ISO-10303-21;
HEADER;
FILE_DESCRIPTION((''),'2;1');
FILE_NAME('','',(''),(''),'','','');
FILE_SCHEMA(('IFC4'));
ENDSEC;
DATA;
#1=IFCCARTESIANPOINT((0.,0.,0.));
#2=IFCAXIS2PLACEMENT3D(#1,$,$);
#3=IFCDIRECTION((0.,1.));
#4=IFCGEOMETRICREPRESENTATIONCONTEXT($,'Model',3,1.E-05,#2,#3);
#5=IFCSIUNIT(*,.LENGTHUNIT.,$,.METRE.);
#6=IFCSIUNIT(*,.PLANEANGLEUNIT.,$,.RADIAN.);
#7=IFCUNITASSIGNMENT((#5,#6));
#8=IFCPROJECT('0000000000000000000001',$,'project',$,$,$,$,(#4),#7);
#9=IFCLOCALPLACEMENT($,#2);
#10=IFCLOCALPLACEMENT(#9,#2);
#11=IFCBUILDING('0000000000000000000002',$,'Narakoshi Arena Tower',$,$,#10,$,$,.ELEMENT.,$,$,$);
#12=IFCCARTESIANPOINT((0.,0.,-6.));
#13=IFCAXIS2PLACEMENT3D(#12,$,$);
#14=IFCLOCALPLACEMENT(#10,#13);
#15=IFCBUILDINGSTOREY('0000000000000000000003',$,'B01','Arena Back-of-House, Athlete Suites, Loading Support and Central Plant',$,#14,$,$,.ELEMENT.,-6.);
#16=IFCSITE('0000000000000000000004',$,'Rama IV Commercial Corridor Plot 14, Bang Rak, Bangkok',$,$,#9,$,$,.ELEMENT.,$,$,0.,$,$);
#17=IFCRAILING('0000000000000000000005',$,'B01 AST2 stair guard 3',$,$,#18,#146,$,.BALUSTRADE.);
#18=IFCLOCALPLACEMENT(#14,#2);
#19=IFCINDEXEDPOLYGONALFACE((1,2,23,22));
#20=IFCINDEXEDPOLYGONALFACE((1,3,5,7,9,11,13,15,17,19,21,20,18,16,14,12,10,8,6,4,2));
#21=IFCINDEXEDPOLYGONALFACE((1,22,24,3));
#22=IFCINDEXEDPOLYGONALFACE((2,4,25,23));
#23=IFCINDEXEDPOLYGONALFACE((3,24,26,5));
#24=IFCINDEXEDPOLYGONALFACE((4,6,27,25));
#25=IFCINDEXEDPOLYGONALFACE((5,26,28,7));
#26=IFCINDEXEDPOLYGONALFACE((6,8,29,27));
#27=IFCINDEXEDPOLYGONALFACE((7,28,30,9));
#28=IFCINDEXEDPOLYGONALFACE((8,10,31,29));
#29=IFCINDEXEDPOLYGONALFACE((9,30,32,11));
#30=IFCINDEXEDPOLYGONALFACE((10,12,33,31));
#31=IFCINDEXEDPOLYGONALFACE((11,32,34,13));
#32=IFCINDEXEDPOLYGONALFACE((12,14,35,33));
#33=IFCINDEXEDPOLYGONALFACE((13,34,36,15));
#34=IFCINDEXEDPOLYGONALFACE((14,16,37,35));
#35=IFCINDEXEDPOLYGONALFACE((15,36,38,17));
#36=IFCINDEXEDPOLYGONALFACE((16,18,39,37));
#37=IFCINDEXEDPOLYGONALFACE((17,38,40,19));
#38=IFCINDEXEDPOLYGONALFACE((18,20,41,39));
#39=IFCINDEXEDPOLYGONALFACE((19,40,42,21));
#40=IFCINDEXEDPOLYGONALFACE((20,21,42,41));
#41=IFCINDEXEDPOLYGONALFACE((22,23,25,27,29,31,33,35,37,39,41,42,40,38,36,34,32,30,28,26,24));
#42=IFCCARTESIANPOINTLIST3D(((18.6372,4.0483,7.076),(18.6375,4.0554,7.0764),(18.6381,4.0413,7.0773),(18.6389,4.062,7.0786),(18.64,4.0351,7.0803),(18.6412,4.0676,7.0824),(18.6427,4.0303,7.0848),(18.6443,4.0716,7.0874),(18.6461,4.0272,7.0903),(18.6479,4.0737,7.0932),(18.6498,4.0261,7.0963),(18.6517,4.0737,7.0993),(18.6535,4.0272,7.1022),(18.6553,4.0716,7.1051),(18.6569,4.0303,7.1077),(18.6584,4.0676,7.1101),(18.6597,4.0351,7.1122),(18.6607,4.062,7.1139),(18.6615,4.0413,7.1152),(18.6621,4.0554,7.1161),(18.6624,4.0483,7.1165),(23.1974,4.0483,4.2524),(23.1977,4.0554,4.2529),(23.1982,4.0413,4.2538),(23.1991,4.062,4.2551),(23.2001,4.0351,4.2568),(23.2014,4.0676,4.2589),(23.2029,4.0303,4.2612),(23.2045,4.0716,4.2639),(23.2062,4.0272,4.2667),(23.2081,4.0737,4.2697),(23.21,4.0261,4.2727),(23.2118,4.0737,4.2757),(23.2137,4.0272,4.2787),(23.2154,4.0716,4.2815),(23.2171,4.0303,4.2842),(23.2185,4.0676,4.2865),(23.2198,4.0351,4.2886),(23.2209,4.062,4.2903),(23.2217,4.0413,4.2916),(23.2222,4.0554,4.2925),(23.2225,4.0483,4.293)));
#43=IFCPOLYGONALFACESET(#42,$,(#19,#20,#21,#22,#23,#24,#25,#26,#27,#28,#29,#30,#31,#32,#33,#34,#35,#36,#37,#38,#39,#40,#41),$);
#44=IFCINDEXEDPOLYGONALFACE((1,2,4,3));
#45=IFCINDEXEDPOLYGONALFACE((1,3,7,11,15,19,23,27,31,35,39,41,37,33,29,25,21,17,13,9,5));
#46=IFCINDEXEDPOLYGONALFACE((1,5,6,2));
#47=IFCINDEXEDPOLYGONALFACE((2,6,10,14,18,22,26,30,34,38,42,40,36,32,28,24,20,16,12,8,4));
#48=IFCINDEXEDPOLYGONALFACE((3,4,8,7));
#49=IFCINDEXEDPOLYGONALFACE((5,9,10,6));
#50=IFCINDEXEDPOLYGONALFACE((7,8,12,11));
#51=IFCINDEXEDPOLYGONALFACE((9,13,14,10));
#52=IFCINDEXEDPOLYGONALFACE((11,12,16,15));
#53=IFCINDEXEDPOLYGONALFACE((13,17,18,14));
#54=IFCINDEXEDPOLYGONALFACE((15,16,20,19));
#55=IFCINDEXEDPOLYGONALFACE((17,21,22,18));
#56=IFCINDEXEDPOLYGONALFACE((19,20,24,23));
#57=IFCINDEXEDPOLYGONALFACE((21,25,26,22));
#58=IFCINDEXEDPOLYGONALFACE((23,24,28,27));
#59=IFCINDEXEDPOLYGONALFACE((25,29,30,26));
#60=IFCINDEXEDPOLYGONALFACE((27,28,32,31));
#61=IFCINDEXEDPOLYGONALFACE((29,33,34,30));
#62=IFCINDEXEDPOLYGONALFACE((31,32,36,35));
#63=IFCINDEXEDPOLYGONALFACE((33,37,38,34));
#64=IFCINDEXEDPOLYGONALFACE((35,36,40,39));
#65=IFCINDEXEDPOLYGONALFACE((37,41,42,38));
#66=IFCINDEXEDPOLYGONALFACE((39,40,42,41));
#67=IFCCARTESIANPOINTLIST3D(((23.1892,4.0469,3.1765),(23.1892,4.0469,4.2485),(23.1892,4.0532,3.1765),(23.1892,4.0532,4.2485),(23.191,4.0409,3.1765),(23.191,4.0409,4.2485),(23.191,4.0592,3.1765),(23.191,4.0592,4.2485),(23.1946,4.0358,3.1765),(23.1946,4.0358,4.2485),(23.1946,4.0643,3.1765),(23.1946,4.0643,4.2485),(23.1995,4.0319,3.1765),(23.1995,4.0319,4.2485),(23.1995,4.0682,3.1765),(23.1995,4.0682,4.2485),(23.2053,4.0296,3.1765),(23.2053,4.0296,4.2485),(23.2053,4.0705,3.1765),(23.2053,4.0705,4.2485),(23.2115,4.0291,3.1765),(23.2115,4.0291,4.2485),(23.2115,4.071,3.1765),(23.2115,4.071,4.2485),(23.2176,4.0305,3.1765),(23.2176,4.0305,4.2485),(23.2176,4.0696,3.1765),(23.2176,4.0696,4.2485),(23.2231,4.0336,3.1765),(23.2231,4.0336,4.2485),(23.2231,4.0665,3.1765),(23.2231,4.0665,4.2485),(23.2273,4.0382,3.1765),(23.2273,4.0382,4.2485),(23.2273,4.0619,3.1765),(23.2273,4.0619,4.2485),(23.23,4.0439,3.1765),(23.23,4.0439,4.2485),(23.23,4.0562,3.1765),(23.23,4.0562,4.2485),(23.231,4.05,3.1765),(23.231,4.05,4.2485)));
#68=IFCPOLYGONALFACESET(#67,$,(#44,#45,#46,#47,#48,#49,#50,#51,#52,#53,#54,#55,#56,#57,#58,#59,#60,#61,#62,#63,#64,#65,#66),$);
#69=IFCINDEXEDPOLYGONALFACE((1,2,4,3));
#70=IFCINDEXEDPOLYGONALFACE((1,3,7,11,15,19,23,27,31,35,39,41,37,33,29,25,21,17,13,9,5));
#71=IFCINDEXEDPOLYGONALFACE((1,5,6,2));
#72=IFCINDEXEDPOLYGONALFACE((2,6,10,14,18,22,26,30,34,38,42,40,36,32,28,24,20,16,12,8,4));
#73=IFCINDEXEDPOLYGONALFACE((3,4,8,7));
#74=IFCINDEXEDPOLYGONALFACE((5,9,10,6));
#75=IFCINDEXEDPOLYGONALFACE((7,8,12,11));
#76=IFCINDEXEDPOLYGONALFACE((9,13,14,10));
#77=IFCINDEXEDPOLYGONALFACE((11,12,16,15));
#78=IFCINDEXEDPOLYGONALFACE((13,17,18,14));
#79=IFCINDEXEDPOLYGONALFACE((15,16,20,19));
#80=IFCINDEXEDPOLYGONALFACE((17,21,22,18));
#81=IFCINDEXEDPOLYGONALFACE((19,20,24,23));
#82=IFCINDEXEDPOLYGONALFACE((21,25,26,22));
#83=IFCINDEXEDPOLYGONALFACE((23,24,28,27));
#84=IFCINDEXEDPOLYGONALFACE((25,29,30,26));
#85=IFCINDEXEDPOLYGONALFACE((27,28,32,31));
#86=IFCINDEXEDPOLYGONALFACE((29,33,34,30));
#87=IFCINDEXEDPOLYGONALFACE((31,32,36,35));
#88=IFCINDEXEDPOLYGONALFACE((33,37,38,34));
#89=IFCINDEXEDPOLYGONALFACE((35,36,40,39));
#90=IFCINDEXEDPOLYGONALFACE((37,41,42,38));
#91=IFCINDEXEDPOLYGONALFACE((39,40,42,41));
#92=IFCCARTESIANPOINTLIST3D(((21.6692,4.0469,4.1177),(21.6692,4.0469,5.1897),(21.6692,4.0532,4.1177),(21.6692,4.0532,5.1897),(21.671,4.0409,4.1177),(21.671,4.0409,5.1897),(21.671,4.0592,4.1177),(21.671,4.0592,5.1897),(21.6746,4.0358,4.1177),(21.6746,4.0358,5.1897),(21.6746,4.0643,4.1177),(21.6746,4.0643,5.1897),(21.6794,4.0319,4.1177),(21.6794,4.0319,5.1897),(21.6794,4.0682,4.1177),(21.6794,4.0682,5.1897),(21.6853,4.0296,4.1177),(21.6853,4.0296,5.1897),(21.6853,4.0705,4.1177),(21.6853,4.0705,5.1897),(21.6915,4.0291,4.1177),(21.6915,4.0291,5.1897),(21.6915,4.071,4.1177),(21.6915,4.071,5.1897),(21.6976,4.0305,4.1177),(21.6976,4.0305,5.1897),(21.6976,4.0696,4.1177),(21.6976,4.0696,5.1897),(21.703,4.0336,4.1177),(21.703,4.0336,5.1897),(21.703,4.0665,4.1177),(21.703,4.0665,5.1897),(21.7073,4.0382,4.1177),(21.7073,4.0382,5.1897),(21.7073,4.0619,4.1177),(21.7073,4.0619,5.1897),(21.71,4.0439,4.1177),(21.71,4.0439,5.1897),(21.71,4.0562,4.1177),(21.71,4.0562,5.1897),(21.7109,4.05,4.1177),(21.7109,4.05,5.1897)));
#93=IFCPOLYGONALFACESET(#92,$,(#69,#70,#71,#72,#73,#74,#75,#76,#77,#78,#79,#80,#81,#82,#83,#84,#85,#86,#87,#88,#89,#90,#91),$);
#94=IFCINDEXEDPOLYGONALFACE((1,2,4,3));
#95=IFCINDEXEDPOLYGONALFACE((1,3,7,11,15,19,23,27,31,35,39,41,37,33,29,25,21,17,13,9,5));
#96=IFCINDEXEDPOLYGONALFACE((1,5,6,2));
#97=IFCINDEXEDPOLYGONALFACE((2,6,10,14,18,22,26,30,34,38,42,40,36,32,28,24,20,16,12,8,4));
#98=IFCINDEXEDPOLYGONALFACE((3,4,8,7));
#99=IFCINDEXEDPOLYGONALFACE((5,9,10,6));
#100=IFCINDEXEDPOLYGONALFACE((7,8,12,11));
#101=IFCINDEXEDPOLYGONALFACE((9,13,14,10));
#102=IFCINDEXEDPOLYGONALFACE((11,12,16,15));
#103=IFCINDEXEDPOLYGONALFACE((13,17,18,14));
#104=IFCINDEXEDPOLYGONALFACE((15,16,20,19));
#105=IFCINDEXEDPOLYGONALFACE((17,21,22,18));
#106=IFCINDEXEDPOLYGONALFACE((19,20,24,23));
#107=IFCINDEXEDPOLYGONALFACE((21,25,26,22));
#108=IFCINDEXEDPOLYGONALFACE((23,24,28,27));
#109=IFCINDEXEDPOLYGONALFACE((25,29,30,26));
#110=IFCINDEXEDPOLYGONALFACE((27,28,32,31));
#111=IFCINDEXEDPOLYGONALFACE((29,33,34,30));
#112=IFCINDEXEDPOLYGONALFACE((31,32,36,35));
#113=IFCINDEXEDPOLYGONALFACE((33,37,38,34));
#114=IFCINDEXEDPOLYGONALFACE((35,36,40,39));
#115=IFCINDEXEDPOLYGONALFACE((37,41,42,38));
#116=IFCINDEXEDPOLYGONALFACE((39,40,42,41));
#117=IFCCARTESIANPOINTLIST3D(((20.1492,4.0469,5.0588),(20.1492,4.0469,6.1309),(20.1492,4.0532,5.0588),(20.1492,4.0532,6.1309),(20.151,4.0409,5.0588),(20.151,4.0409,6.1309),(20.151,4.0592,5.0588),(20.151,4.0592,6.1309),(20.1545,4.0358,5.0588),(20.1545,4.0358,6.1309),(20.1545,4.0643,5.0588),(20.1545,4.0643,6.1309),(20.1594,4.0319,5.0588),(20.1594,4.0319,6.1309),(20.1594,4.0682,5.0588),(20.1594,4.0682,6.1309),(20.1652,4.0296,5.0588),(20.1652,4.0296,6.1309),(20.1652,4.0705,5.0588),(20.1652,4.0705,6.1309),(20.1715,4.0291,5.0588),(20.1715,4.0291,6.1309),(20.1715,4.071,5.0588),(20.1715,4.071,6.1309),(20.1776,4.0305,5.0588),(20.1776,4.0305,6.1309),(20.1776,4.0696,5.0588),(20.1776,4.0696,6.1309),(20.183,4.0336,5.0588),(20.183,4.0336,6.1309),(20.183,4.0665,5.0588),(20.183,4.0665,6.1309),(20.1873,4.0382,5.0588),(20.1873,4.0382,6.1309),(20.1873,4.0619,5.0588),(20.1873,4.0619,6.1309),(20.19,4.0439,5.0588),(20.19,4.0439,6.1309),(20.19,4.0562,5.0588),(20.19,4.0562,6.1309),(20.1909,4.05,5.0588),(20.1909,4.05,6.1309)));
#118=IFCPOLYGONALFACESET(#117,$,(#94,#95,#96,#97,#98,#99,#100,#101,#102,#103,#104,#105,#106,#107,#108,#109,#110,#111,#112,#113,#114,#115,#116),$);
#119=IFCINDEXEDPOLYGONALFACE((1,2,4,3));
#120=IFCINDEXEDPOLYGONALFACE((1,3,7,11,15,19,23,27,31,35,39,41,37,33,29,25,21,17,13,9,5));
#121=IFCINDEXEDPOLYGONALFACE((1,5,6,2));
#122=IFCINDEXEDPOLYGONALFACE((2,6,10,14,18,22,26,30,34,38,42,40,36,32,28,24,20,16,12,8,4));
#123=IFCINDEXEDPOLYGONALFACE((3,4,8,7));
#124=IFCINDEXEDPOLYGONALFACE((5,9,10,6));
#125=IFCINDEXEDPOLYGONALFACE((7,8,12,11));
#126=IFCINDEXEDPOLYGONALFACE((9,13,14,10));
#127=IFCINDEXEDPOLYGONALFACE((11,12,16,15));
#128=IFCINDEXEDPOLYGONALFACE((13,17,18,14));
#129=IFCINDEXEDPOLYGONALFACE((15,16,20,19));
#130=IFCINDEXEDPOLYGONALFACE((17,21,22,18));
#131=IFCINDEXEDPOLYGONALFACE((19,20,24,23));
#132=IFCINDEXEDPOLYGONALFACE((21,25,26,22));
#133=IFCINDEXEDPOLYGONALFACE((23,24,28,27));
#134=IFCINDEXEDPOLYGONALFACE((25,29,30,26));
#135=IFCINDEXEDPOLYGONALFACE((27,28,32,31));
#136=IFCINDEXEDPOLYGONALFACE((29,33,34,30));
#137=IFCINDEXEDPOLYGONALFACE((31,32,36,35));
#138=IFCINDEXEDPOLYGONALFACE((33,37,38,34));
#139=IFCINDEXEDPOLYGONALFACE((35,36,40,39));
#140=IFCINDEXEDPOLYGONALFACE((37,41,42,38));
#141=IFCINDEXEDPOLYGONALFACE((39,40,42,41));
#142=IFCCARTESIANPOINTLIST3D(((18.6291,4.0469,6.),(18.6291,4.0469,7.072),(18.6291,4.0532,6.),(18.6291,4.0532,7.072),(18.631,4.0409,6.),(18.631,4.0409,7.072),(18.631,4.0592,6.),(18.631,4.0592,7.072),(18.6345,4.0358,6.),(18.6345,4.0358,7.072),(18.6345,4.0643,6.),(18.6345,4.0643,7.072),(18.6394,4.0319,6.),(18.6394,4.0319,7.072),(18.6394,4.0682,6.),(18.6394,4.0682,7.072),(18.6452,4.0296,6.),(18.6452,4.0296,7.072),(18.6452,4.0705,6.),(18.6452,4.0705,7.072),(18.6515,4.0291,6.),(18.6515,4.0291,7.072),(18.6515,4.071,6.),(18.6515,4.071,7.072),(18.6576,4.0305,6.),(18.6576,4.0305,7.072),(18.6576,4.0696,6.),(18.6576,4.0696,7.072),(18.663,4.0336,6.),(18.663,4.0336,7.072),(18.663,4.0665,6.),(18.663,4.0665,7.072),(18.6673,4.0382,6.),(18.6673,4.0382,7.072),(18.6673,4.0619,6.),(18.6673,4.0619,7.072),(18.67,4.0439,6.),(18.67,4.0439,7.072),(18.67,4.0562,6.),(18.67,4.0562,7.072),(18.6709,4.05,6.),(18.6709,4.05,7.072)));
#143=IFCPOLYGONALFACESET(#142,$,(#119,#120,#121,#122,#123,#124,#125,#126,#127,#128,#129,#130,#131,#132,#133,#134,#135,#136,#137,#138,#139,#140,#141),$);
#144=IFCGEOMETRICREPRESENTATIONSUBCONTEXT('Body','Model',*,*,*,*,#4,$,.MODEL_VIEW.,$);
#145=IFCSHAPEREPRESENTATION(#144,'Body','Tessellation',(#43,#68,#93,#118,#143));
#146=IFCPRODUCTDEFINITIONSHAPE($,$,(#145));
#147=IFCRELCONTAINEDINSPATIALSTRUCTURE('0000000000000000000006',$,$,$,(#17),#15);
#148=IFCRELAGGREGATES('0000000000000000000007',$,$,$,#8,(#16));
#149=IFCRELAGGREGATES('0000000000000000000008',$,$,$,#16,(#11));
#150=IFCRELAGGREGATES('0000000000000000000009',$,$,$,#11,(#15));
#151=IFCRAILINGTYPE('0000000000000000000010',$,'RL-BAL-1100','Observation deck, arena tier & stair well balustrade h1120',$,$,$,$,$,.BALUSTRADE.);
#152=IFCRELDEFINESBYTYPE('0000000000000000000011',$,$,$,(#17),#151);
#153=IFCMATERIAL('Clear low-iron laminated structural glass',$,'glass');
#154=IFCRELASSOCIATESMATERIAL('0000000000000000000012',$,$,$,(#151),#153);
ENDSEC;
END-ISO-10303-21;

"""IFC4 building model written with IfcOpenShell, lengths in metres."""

from ifc_helpers import new_model, si_unit, direction, frame, origin, origin_2d, place, context, subcontext, project, spatial, circle, extrude, material, type_object, element, save


model = new_model("IFC4")

# Units and contexts
model_context = context("Model", 3, precision=1e-05, world=origin(), true_north=direction((0.0, 1.0)))
body_context = subcontext(model_context, "Body", "Model", "MODEL_VIEW")
ifc_project = project(units=[si_unit("LENGTHUNIT", "METRE"), si_unit("PLANEANGLEUNIT", "RADIAN")], contexts=[model_context])

# Site, building, storey
site_placement = place(None, origin())
site = spatial("IfcSite", under=ifc_project, at=site_placement, Name="Rama IV Commercial Corridor Plot 14, Bang Rak, Bangkok", CompositionType="ELEMENT", RefElevation=0.0)
building_placement = place(site_placement, origin())
building = spatial("IfcBuilding", under=site, at=building_placement, Name="Narakoshi Arena Tower", CompositionType="ELEMENT")
storey_placement = place(building_placement, frame((0.0, 0.0, -6.0)))
storey = spatial("IfcBuildingStorey", under=building, at=storey_placement, Name="B01", Description="Arena Back-of-House, Athlete Suites, Loading Support and Central Plant", CompositionType="ELEMENT", Elevation=-6.0)

# Railing
ifc_material_1 = material(Name="Clear low-iron laminated structural glass", Category="glass")
railing_type_1 = type_object("IfcRailingType", Name="RL-BAL-1100", Description="Observation deck, arena tier & stair well balustrade h1120", PredefinedType="BALUSTRADE", material=ifc_material_1)
railing_1_placement = place(storey_placement, frame((23.21, 4.05, 3.1765)))
element("IfcRailing", 1, at=railing_1_placement, inside=storey, type_object=railing_type_1, Name="B01 AST2 stair guard 3", PredefinedType="BALUSTRADE", context=body_context, shape_type="SweptSolid", body=[
    extrude(circle(Radius=0.0239, at=origin_2d()), frame((0.0, 0.0, 1.0962), z_axis=(-0.850216, 0.0, 0.526435), x_axis=(0.0, -1.0, 0.0)), (0.0, 0.0, 1.0), 5.3635),
    extrude(circle(Radius=0.021, at=origin_2d()), origin(), (0.0, 0.0, 1.0), 1.072),
    extrude(circle(Radius=0.021, at=origin_2d()), frame((-1.52, 0.0, 0.9412)), (0.0, 0.0, 1.0), 1.072),
    extrude(circle(Radius=0.021, at=origin_2d()), frame((-3.04, 0.0, 1.8823)), (0.0, 0.0, 1.0), 1.072),
    extrude(circle(Radius=0.021, at=origin_2d()), frame((-4.5601, 0.0, 2.8235)), (0.0, 0.0, 1.0), 1.072),
])

save(model, "model.ifc")
